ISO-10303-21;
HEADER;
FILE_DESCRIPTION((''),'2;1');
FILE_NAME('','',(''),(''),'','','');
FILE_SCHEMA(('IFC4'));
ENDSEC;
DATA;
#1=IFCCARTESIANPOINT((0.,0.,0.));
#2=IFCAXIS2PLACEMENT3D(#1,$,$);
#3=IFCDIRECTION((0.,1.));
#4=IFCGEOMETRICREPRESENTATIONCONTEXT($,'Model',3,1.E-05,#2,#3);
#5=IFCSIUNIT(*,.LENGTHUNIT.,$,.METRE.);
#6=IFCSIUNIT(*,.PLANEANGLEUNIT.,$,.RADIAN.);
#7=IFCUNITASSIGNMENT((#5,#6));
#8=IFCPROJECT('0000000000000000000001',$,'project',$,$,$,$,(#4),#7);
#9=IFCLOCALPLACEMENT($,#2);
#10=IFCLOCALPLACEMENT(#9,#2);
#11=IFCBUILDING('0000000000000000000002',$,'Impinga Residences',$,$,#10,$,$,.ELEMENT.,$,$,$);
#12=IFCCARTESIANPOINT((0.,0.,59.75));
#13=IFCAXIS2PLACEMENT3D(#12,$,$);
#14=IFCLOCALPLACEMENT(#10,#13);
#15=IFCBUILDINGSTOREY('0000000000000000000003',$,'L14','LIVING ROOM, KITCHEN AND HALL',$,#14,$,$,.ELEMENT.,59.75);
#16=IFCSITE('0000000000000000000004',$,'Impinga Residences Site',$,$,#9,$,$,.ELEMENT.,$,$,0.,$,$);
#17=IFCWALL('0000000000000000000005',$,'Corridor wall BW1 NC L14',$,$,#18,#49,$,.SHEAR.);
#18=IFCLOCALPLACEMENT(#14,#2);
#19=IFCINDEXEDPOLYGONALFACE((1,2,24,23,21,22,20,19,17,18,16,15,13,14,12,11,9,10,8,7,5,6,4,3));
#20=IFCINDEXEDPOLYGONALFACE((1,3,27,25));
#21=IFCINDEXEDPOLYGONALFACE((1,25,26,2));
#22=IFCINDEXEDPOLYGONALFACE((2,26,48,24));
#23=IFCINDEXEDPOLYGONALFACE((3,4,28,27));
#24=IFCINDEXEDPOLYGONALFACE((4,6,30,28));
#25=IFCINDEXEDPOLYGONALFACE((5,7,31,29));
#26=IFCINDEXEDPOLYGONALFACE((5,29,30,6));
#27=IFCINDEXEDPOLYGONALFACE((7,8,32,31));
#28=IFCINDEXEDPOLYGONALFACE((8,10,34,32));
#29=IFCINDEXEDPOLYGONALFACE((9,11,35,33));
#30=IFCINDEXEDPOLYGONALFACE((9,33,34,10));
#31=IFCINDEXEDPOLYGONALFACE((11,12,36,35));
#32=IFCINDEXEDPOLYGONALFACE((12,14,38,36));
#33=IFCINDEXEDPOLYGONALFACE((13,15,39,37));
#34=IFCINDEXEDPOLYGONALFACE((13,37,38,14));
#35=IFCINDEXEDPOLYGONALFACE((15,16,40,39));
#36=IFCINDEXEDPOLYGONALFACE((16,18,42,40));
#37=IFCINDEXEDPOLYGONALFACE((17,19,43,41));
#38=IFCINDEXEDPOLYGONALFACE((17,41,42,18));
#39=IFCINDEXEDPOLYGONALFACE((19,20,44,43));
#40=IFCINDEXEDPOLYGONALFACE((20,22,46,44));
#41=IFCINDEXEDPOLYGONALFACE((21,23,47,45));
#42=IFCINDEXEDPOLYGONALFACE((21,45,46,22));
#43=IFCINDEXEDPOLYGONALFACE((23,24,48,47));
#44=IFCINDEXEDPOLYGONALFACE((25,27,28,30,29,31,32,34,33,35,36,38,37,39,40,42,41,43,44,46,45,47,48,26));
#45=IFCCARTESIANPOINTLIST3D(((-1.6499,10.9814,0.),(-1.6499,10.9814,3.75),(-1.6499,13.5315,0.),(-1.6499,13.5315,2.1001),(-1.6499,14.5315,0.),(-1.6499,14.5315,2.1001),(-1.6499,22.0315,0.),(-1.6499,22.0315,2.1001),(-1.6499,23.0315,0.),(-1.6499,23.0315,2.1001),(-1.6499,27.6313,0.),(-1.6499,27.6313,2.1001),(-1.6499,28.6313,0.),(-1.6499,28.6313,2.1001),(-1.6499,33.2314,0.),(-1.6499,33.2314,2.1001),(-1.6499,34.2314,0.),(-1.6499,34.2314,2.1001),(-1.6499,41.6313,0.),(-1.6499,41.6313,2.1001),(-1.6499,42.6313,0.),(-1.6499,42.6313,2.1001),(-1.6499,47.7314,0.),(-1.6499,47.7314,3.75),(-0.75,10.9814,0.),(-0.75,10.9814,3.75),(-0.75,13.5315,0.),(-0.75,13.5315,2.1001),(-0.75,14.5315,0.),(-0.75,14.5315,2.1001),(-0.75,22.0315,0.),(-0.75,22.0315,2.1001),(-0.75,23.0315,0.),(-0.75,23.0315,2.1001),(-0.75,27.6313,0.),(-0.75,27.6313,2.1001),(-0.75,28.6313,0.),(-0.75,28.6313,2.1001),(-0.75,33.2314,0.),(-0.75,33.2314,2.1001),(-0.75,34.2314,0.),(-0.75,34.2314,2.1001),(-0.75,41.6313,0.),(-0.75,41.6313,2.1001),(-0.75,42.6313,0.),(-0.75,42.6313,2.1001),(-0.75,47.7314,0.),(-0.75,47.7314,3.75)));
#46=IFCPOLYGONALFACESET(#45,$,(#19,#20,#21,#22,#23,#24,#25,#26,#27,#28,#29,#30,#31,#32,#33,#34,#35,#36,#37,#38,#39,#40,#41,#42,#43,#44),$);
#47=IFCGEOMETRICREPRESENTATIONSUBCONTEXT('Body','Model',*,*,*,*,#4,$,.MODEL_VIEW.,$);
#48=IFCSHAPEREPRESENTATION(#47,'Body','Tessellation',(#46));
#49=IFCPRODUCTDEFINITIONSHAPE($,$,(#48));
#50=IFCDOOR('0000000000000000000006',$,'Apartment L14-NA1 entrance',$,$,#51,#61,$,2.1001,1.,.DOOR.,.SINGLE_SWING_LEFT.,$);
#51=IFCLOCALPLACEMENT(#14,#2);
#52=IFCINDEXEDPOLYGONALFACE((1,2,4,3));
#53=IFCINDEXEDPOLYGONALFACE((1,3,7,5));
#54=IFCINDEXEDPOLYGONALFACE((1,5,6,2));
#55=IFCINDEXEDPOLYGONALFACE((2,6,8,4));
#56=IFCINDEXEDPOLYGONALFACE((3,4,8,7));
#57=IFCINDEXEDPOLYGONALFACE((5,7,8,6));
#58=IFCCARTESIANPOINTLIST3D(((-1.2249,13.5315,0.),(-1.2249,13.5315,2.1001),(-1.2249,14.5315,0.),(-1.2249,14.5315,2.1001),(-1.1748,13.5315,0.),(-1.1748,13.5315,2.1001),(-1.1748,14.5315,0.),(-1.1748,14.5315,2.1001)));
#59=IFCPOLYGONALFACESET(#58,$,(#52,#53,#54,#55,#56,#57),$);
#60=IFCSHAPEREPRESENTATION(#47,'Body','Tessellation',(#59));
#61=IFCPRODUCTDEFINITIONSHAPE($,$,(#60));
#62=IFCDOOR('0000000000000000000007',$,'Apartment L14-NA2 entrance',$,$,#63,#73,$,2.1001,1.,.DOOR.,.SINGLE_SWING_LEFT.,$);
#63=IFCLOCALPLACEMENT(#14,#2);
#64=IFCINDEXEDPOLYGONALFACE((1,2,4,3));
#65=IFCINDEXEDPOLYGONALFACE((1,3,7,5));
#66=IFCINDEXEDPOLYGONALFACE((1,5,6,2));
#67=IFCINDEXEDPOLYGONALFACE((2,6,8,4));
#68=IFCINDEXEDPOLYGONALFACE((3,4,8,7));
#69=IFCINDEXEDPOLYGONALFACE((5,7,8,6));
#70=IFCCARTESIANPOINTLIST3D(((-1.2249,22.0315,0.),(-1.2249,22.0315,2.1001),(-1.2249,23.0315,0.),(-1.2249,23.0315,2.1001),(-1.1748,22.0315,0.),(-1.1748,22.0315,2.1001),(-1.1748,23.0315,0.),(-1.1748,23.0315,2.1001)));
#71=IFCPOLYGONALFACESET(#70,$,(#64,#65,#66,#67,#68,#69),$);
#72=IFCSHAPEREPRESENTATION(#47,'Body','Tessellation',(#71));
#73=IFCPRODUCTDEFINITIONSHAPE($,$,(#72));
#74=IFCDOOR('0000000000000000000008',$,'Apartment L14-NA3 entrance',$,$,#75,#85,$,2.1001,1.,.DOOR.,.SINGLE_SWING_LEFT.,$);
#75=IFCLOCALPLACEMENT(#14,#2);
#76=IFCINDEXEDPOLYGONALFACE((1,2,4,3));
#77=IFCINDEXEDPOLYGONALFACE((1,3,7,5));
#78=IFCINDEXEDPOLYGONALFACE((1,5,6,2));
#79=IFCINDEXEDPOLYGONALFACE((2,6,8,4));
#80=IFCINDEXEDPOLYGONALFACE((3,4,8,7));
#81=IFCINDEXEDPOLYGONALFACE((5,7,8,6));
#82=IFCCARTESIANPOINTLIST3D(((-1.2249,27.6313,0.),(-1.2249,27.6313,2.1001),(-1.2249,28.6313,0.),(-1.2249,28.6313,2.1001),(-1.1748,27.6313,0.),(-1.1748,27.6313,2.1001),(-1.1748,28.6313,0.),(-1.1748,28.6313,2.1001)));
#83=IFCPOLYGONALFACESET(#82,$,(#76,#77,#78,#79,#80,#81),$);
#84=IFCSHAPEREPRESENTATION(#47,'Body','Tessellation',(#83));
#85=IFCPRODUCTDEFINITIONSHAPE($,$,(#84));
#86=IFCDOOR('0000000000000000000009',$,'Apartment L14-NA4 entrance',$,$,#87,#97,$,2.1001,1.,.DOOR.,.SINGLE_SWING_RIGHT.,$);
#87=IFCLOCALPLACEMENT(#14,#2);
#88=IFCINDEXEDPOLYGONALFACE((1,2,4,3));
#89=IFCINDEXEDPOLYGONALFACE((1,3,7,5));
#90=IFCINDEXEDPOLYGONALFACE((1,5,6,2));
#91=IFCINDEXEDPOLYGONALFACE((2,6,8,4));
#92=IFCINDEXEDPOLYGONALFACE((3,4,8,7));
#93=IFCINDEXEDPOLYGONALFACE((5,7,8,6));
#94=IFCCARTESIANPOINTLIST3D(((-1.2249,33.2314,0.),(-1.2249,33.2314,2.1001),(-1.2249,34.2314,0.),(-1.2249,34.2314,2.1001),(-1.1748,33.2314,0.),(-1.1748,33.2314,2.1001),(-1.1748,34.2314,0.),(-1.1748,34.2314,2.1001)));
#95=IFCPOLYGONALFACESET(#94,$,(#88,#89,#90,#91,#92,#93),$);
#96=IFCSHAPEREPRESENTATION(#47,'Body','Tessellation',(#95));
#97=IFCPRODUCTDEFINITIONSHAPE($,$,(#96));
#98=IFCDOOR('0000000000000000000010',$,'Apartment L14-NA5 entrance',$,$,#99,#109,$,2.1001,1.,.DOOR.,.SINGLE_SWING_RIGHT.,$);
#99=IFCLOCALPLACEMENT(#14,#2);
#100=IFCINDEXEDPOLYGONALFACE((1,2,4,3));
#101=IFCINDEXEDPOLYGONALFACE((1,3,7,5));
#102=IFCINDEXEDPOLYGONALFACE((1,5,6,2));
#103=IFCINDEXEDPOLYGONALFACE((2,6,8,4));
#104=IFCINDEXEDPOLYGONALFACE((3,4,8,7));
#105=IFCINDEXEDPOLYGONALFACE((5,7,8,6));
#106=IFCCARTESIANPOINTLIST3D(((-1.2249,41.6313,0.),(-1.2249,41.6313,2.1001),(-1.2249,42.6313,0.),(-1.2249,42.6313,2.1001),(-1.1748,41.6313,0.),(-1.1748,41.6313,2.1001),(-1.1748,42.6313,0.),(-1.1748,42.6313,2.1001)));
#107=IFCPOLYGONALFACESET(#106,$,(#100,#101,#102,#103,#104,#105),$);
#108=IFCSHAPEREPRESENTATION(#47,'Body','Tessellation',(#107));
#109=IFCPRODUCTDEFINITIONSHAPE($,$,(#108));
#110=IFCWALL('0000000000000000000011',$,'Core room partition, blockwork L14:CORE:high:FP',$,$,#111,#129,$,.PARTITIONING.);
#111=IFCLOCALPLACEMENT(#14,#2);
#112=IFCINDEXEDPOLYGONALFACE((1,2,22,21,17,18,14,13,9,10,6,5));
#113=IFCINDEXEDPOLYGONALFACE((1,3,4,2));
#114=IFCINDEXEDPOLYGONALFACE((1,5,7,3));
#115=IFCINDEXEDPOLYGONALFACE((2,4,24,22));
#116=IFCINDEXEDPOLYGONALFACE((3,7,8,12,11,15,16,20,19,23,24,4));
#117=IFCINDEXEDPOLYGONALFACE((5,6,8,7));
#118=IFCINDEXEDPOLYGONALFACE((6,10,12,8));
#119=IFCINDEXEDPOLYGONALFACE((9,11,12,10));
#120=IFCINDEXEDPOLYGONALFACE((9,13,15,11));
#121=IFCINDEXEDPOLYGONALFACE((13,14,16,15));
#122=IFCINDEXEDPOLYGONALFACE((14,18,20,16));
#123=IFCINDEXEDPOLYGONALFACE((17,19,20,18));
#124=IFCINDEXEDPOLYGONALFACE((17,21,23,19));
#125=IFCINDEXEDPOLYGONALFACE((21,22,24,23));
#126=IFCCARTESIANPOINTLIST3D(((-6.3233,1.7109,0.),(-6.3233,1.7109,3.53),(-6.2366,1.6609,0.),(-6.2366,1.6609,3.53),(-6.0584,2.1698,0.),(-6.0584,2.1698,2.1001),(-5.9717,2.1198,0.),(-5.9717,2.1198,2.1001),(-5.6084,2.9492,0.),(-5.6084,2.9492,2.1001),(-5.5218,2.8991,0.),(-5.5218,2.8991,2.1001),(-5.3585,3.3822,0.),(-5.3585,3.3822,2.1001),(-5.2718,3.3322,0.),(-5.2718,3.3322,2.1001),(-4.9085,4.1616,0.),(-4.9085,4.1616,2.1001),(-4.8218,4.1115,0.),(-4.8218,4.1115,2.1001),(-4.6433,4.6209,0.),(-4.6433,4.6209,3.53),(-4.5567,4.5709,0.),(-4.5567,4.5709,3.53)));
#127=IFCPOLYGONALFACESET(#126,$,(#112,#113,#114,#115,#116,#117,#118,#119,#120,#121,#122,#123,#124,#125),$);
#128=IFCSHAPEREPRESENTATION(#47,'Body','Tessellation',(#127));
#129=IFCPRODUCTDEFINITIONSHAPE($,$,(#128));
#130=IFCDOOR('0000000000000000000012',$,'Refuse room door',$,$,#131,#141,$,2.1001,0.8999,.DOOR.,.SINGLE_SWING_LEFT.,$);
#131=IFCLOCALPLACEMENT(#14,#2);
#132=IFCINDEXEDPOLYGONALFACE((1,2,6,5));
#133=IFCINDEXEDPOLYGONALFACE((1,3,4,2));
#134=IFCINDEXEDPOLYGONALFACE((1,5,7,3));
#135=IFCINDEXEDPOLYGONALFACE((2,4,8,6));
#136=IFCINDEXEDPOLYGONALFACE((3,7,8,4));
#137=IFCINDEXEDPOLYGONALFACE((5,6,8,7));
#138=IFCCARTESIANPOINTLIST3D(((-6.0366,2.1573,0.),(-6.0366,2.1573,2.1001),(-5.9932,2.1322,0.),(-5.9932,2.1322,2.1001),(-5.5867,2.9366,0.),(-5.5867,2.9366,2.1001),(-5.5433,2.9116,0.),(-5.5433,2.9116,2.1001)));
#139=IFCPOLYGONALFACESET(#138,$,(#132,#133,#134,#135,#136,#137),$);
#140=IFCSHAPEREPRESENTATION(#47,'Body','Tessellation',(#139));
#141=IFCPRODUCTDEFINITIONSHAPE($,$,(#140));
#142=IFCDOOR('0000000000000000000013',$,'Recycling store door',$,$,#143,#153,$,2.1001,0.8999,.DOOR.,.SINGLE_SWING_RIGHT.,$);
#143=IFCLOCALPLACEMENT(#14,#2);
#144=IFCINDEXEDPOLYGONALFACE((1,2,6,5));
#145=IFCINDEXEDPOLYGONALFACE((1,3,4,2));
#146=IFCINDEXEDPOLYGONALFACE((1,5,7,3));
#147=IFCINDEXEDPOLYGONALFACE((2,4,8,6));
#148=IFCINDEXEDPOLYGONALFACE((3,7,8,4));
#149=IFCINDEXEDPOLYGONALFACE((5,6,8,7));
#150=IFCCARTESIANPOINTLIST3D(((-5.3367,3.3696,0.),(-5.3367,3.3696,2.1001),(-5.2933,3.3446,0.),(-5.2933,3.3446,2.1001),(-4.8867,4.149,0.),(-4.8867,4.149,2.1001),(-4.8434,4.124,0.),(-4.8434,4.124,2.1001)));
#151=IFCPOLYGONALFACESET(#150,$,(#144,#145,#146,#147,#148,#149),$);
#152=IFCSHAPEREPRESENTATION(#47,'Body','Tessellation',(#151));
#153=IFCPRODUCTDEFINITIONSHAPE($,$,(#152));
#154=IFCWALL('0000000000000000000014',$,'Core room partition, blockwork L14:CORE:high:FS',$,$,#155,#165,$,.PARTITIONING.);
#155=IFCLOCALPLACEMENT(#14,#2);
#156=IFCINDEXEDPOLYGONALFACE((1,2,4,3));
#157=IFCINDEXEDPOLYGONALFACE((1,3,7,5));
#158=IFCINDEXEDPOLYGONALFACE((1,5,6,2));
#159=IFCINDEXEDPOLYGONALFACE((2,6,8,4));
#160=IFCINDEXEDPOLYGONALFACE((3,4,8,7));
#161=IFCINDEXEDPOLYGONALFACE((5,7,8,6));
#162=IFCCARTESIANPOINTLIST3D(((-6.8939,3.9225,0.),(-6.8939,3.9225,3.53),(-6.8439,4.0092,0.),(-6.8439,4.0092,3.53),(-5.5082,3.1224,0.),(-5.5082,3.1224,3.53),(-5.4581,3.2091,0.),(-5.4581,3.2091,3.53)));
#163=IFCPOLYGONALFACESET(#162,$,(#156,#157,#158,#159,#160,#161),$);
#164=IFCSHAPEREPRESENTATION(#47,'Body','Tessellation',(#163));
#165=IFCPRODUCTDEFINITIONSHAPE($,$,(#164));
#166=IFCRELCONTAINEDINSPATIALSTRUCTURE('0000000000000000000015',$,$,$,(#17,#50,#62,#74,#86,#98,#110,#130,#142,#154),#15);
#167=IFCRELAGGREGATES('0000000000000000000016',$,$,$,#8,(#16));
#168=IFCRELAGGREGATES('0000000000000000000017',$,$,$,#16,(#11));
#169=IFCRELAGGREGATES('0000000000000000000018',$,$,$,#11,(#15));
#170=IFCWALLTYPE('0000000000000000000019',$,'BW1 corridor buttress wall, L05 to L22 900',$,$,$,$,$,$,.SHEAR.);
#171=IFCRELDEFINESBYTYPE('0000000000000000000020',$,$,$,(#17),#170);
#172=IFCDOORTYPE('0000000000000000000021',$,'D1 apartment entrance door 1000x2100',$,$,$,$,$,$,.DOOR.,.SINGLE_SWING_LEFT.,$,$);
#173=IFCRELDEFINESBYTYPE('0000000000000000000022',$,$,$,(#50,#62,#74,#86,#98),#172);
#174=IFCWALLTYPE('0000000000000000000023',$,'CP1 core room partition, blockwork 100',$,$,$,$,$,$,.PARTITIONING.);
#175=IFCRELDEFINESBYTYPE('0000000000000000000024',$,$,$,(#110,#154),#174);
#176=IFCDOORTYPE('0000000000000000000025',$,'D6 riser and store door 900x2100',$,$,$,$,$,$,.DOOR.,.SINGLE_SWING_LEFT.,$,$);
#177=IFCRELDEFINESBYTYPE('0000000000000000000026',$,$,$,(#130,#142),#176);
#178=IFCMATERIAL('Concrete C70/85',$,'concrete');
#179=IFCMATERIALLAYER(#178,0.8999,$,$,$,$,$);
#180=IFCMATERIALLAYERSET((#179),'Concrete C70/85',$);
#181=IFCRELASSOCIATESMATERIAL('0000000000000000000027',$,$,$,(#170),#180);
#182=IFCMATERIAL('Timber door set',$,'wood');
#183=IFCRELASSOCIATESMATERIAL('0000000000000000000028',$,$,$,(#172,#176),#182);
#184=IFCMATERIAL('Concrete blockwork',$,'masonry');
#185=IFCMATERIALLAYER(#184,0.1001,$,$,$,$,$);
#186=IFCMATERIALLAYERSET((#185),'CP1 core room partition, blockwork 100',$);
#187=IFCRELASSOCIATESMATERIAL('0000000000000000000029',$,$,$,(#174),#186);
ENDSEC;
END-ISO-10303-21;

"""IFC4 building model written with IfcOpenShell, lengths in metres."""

from ifc_helpers import new_model, si_unit, direction, frame, frame_2d, origin, place, context, subcontext, project, spatial, rectangle, extrude, material, layer, layer_set, type_object, element, fill, save


model = new_model("IFC4")

# Units and contexts
model_context = context("Model", 3, precision=1e-05, world=origin(), true_north=direction((0.0, 1.0)))
body_context = subcontext(model_context, "Body", "Model", "MODEL_VIEW")
ifc_project = project(units=[si_unit("LENGTHUNIT", "METRE"), si_unit("PLANEANGLEUNIT", "RADIAN")], contexts=[model_context])

# Site, building, storey
site_placement = place(None, origin())
site = spatial("IfcSite", under=ifc_project, at=site_placement, Name="Impinga Residences Site", CompositionType="ELEMENT", RefElevation=0.0)
building_placement = place(site_placement, origin())
building = spatial("IfcBuilding", under=site, at=building_placement, Name="Impinga Residences", CompositionType="ELEMENT")
storey_placement = place(building_placement, frame((0.0, 0.0, 59.75)))
storey = spatial("IfcBuildingStorey", under=building, at=storey_placement, Name="L14", Description="LIVING ROOM, KITCHEN AND HALL", CompositionType="ELEMENT", Elevation=59.75)

# Walls, openings, doors
ifc_material_1 = material(Name="Concrete C70/85", Category="concrete")
ifc_layer_1 = layer(ifc_material_1, 0.8999)
ifc_layer_set_1 = layer_set([ifc_layer_1], Name="Concrete C70/85")
wall_type_1 = type_object("IfcWallType", Name="BW1 corridor buttress wall, L05 to L22 900", PredefinedType="SHEAR", material=ifc_layer_set_1)
wall_1_placement = place(storey_placement, frame((-1.2, 10.9814, 0.0), z_axis=(0.0, 0.0, 1.0), x_axis=(0.0, 1.0, 0.0)))
wall_1 = element("IfcWall", 1, at=wall_1_placement, inside=storey, type_object=wall_type_1, Name="Corridor wall BW1 NC L14", PredefinedType="SHEAR", context=body_context, shape_type="SweptSolid", body=[
    extrude(rectangle(XDim=36.75, YDim=0.8999, at=frame_2d((18.375, 0.0))), origin(), (0.0, 0.0, 1.0), 3.75),
])
opening_1_placement = place(wall_1_placement, frame((2.55, 0.0, 0.0)))
opening_1 = element("IfcOpeningElement", 2, at=opening_1_placement, cuts=wall_1, PredefinedType="OPENING", context=body_context, shape_type="SweptSolid", body=[
    extrude(rectangle(XDim=1.0, YDim=2.1001, at=frame_2d((0.5, 1.05))), frame((0.0, 0.46, 0.0), z_axis=(0.0, -1.0, 0.0), x_axis=(1.0, 0.0, 0.0)), (0.0, 0.0, 1.0), 0.9199),
])
opening_2_placement = place(wall_1_placement, frame((11.05, 0.0, 0.0)))
opening_2 = element("IfcOpeningElement", 3, at=opening_2_placement, cuts=wall_1, PredefinedType="OPENING", context=body_context, shape_type="SweptSolid", body=[
    extrude(rectangle(XDim=1.0, YDim=2.1001, at=frame_2d((0.5, 1.05))), frame((0.0, 0.46, 0.0), z_axis=(0.0, -1.0, 0.0), x_axis=(1.0, 0.0, 0.0)), (0.0, 0.0, 1.0), 0.9199),
])
opening_3_placement = place(wall_1_placement, frame((16.6499, 0.0, 0.0)))
opening_3 = element("IfcOpeningElement", 4, at=opening_3_placement, cuts=wall_1, PredefinedType="OPENING", context=body_context, shape_type="SweptSolid", body=[
    extrude(rectangle(XDim=1.0, YDim=2.1001, at=frame_2d((0.5, 1.05))), frame((0.0, 0.46, 0.0), z_axis=(0.0, -1.0, 0.0), x_axis=(1.0, 0.0, 0.0)), (0.0, 0.0, 1.0), 0.9199),
])
opening_4_placement = place(wall_1_placement, frame((22.25, 0.0, 0.0)))
opening_4 = element("IfcOpeningElement", 5, at=opening_4_placement, cuts=wall_1, PredefinedType="OPENING", context=body_context, shape_type="SweptSolid", body=[
    extrude(rectangle(XDim=1.0, YDim=2.1001, at=frame_2d((0.5, 1.05))), frame((0.0, 0.46, 0.0), z_axis=(0.0, -1.0, 0.0), x_axis=(1.0, 0.0, 0.0)), (0.0, 0.0, 1.0), 0.9199),
])
opening_5_placement = place(wall_1_placement, frame((30.6499, 0.0, 0.0)))
opening_5 = element("IfcOpeningElement", 6, at=opening_5_placement, cuts=wall_1, PredefinedType="OPENING", context=body_context, shape_type="SweptSolid", body=[
    extrude(rectangle(XDim=1.0, YDim=2.1001, at=frame_2d((0.5, 1.05))), frame((0.0, 0.46, 0.0), z_axis=(0.0, -1.0, 0.0), x_axis=(1.0, 0.0, 0.0)), (0.0, 0.0, 1.0), 0.9199),
])
ifc_material_2 = material(Name="Timber door set", Category="wood")
door_type_1 = type_object("IfcDoorType", Name="D1 apartment entrance door 1000x2100", OperationType="SINGLE_SWING_LEFT", PredefinedType="DOOR", material=ifc_material_2)
door_1_placement = place(opening_1_placement, origin())
door_1 = element("IfcDoor", 7, at=door_1_placement, inside=storey, type_object=door_type_1, Name="Apartment L14-NA1 entrance", OperationType="SINGLE_SWING_LEFT", OverallHeight=2.1001, OverallWidth=1.0, PredefinedType="DOOR", context=body_context, shape_type="SweptSolid", body=[
    extrude(rectangle(XDim=1.0, YDim=2.1001, at=frame_2d((0.5, 1.05))), frame((0.0, 0.0249, 0.0), z_axis=(0.0, -1.0, 0.0), x_axis=(1.0, 0.0, 0.0)), (0.0, 0.0, 1.0), 0.05),
])
fill(opening_1, door_1)
door_2_placement = place(opening_2_placement, origin())
door_2 = element("IfcDoor", 8, at=door_2_placement, inside=storey, type_object=door_type_1, Name="Apartment L14-NA2 entrance", OperationType="SINGLE_SWING_LEFT", OverallHeight=2.1001, OverallWidth=1.0, PredefinedType="DOOR", context=body_context, shape_type="SweptSolid", body=[
    extrude(rectangle(XDim=1.0, YDim=2.1001, at=frame_2d((0.5, 1.05))), frame((0.0, 0.0249, 0.0), z_axis=(0.0, -1.0, 0.0), x_axis=(1.0, 0.0, 0.0)), (0.0, 0.0, 1.0), 0.05),
])
fill(opening_2, door_2)
door_3_placement = place(opening_3_placement, origin())
door_3 = element("IfcDoor", 9, at=door_3_placement, inside=storey, type_object=door_type_1, Name="Apartment L14-NA3 entrance", OperationType="SINGLE_SWING_LEFT", OverallHeight=2.1001, OverallWidth=1.0, PredefinedType="DOOR", context=body_context, shape_type="SweptSolid", body=[
    extrude(rectangle(XDim=1.0, YDim=2.1001, at=frame_2d((0.5, 1.05))), frame((0.0, 0.0249, 0.0), z_axis=(0.0, -1.0, 0.0), x_axis=(1.0, 0.0, 0.0)), (0.0, 0.0, 1.0), 0.05),
])
fill(opening_3, door_3)
door_4_placement = place(opening_4_placement, origin())
door_4 = element("IfcDoor", 10, at=door_4_placement, inside=storey, type_object=door_type_1, Name="Apartment L14-NA4 entrance", OperationType="SINGLE_SWING_RIGHT", OverallHeight=2.1001, OverallWidth=1.0, PredefinedType="DOOR", context=body_context, shape_type="SweptSolid", body=[
    extrude(rectangle(XDim=1.0, YDim=2.1001, at=frame_2d((0.5, 1.05))), frame((0.0, 0.0249, 0.0), z_axis=(0.0, -1.0, 0.0), x_axis=(1.0, 0.0, 0.0)), (0.0, 0.0, 1.0), 0.05),
])
fill(opening_4, door_4)
door_5_placement = place(opening_5_placement, origin())
door_5 = element("IfcDoor", 11, at=door_5_placement, inside=storey, type_object=door_type_1, Name="Apartment L14-NA5 entrance", OperationType="SINGLE_SWING_RIGHT", OverallHeight=2.1001, OverallWidth=1.0, PredefinedType="DOOR", context=body_context, shape_type="SweptSolid", body=[
    extrude(rectangle(XDim=1.0, YDim=2.1001, at=frame_2d((0.5, 1.05))), frame((0.0, 0.0249, 0.0), z_axis=(0.0, -1.0, 0.0), x_axis=(1.0, 0.0, 0.0)), (0.0, 0.0, 1.0), 0.05),
])
fill(opening_5, door_5)
ifc_material_3 = material(Name="Concrete blockwork", Category="masonry")
ifc_layer_2 = layer(ifc_material_3, 0.1001)
ifc_layer_set_2 = layer_set([ifc_layer_2], Name="CP1 core room partition, blockwork 100")
wall_type_2 = type_object("IfcWallType", Name="CP1 core room partition, blockwork 100", PredefinedType="PARTITIONING", material=ifc_layer_set_2)
wall_2_placement = place(storey_placement, frame((-6.28, 1.6858, 0.0), z_axis=(0.0, 0.0, 1.0), x_axis=(0.499976, 0.866039, 0.0)))
wall_2 = element("IfcWall", 12, at=wall_2_placement, inside=storey, type_object=wall_type_2, Name="Core room partition, blockwork L14:CORE:high:FP", PredefinedType="PARTITIONING", context=body_context, shape_type="SweptSolid", body=[
    extrude(rectangle(XDim=3.3601, YDim=0.1001, at=frame_2d((1.6802, 0.0))), origin(), (0.0, 0.0, 1.0), 3.53),
])
opening_6_placement = place(wall_2_placement, frame((0.53, 0.0, 0.0)))
opening_6 = element("IfcOpeningElement", 13, at=opening_6_placement, cuts=wall_2, PredefinedType="OPENING", context=body_context, shape_type="SweptSolid", body=[
    extrude(rectangle(XDim=0.8999, YDim=2.1001, at=frame_2d((0.45, 1.05))), frame((0.0, 0.0601, 0.0), z_axis=(0.0, -1.0, 0.0), x_axis=(1.0, 0.0, 0.0)), (0.0, 0.0, 1.0), 0.1201),
])
opening_7_placement = place(wall_2_placement, frame((1.9299, 0.0, 0.0)))
opening_7 = element("IfcOpeningElement", 14, at=opening_7_placement, cuts=wall_2, PredefinedType="OPENING", context=body_context, shape_type="SweptSolid", body=[
    extrude(rectangle(XDim=0.8999, YDim=2.1001, at=frame_2d((0.45, 1.05))), frame((0.0, 0.0601, 0.0), z_axis=(0.0, -1.0, 0.0), x_axis=(1.0, 0.0, 0.0)), (0.0, 0.0, 1.0), 0.1201),
])
door_type_2 = type_object("IfcDoorType", Name="D6 riser and store door 900x2100", OperationType="SINGLE_SWING_LEFT", PredefinedType="DOOR", material=ifc_material_2)
door_6_placement = place(opening_6_placement, origin())
door_6 = element("IfcDoor", 15, at=door_6_placement, inside=storey, type_object=door_type_2, Name="Refuse room door", OperationType="SINGLE_SWING_LEFT", OverallHeight=2.1001, OverallWidth=0.8999, PredefinedType="DOOR", context=body_context, shape_type="SweptSolid", body=[
    extrude(rectangle(XDim=0.8999, YDim=2.1001, at=frame_2d((0.45, 1.05))), frame((0.0, 0.0249, 0.0), z_axis=(0.0, -1.0, 0.0), x_axis=(1.0, 0.0, 0.0)), (0.0, 0.0, 1.0), 0.05),
])
fill(opening_6, door_6)
door_7_placement = place(opening_7_placement, origin())
door_7 = element("IfcDoor", 16, at=door_7_placement, inside=storey, type_object=door_type_2, Name="Recycling store door", OperationType="SINGLE_SWING_RIGHT", OverallHeight=2.1001, OverallWidth=0.8999, PredefinedType="DOOR", context=body_context, shape_type="SweptSolid", body=[
    extrude(rectangle(XDim=0.8999, YDim=2.1001, at=frame_2d((0.45, 1.05))), frame((0.0, 0.0249, 0.0), z_axis=(0.0, -1.0, 0.0), x_axis=(1.0, 0.0, 0.0)), (0.0, 0.0, 1.0), 0.05),
])
fill(opening_7, door_7)

# Wall
wall_3_placement = place(storey_placement, frame((-5.4832, 3.1658, 0.0), z_axis=(0.0, 0.0, 1.0), x_axis=(-0.866028, 0.499995, 0.0)))
element("IfcWall", 17, at=wall_3_placement, inside=storey, type_object=wall_type_2, Name="Core room partition, blockwork L14:CORE:high:FS", PredefinedType="PARTITIONING", context=body_context, shape_type="SweptSolid", body=[
    extrude(rectangle(XDim=1.6001, YDim=0.1001, at=frame_2d((0.8, 0.0))), origin(), (0.0, 0.0, 1.0), 3.53),
])

save(model, "model.ifc")
